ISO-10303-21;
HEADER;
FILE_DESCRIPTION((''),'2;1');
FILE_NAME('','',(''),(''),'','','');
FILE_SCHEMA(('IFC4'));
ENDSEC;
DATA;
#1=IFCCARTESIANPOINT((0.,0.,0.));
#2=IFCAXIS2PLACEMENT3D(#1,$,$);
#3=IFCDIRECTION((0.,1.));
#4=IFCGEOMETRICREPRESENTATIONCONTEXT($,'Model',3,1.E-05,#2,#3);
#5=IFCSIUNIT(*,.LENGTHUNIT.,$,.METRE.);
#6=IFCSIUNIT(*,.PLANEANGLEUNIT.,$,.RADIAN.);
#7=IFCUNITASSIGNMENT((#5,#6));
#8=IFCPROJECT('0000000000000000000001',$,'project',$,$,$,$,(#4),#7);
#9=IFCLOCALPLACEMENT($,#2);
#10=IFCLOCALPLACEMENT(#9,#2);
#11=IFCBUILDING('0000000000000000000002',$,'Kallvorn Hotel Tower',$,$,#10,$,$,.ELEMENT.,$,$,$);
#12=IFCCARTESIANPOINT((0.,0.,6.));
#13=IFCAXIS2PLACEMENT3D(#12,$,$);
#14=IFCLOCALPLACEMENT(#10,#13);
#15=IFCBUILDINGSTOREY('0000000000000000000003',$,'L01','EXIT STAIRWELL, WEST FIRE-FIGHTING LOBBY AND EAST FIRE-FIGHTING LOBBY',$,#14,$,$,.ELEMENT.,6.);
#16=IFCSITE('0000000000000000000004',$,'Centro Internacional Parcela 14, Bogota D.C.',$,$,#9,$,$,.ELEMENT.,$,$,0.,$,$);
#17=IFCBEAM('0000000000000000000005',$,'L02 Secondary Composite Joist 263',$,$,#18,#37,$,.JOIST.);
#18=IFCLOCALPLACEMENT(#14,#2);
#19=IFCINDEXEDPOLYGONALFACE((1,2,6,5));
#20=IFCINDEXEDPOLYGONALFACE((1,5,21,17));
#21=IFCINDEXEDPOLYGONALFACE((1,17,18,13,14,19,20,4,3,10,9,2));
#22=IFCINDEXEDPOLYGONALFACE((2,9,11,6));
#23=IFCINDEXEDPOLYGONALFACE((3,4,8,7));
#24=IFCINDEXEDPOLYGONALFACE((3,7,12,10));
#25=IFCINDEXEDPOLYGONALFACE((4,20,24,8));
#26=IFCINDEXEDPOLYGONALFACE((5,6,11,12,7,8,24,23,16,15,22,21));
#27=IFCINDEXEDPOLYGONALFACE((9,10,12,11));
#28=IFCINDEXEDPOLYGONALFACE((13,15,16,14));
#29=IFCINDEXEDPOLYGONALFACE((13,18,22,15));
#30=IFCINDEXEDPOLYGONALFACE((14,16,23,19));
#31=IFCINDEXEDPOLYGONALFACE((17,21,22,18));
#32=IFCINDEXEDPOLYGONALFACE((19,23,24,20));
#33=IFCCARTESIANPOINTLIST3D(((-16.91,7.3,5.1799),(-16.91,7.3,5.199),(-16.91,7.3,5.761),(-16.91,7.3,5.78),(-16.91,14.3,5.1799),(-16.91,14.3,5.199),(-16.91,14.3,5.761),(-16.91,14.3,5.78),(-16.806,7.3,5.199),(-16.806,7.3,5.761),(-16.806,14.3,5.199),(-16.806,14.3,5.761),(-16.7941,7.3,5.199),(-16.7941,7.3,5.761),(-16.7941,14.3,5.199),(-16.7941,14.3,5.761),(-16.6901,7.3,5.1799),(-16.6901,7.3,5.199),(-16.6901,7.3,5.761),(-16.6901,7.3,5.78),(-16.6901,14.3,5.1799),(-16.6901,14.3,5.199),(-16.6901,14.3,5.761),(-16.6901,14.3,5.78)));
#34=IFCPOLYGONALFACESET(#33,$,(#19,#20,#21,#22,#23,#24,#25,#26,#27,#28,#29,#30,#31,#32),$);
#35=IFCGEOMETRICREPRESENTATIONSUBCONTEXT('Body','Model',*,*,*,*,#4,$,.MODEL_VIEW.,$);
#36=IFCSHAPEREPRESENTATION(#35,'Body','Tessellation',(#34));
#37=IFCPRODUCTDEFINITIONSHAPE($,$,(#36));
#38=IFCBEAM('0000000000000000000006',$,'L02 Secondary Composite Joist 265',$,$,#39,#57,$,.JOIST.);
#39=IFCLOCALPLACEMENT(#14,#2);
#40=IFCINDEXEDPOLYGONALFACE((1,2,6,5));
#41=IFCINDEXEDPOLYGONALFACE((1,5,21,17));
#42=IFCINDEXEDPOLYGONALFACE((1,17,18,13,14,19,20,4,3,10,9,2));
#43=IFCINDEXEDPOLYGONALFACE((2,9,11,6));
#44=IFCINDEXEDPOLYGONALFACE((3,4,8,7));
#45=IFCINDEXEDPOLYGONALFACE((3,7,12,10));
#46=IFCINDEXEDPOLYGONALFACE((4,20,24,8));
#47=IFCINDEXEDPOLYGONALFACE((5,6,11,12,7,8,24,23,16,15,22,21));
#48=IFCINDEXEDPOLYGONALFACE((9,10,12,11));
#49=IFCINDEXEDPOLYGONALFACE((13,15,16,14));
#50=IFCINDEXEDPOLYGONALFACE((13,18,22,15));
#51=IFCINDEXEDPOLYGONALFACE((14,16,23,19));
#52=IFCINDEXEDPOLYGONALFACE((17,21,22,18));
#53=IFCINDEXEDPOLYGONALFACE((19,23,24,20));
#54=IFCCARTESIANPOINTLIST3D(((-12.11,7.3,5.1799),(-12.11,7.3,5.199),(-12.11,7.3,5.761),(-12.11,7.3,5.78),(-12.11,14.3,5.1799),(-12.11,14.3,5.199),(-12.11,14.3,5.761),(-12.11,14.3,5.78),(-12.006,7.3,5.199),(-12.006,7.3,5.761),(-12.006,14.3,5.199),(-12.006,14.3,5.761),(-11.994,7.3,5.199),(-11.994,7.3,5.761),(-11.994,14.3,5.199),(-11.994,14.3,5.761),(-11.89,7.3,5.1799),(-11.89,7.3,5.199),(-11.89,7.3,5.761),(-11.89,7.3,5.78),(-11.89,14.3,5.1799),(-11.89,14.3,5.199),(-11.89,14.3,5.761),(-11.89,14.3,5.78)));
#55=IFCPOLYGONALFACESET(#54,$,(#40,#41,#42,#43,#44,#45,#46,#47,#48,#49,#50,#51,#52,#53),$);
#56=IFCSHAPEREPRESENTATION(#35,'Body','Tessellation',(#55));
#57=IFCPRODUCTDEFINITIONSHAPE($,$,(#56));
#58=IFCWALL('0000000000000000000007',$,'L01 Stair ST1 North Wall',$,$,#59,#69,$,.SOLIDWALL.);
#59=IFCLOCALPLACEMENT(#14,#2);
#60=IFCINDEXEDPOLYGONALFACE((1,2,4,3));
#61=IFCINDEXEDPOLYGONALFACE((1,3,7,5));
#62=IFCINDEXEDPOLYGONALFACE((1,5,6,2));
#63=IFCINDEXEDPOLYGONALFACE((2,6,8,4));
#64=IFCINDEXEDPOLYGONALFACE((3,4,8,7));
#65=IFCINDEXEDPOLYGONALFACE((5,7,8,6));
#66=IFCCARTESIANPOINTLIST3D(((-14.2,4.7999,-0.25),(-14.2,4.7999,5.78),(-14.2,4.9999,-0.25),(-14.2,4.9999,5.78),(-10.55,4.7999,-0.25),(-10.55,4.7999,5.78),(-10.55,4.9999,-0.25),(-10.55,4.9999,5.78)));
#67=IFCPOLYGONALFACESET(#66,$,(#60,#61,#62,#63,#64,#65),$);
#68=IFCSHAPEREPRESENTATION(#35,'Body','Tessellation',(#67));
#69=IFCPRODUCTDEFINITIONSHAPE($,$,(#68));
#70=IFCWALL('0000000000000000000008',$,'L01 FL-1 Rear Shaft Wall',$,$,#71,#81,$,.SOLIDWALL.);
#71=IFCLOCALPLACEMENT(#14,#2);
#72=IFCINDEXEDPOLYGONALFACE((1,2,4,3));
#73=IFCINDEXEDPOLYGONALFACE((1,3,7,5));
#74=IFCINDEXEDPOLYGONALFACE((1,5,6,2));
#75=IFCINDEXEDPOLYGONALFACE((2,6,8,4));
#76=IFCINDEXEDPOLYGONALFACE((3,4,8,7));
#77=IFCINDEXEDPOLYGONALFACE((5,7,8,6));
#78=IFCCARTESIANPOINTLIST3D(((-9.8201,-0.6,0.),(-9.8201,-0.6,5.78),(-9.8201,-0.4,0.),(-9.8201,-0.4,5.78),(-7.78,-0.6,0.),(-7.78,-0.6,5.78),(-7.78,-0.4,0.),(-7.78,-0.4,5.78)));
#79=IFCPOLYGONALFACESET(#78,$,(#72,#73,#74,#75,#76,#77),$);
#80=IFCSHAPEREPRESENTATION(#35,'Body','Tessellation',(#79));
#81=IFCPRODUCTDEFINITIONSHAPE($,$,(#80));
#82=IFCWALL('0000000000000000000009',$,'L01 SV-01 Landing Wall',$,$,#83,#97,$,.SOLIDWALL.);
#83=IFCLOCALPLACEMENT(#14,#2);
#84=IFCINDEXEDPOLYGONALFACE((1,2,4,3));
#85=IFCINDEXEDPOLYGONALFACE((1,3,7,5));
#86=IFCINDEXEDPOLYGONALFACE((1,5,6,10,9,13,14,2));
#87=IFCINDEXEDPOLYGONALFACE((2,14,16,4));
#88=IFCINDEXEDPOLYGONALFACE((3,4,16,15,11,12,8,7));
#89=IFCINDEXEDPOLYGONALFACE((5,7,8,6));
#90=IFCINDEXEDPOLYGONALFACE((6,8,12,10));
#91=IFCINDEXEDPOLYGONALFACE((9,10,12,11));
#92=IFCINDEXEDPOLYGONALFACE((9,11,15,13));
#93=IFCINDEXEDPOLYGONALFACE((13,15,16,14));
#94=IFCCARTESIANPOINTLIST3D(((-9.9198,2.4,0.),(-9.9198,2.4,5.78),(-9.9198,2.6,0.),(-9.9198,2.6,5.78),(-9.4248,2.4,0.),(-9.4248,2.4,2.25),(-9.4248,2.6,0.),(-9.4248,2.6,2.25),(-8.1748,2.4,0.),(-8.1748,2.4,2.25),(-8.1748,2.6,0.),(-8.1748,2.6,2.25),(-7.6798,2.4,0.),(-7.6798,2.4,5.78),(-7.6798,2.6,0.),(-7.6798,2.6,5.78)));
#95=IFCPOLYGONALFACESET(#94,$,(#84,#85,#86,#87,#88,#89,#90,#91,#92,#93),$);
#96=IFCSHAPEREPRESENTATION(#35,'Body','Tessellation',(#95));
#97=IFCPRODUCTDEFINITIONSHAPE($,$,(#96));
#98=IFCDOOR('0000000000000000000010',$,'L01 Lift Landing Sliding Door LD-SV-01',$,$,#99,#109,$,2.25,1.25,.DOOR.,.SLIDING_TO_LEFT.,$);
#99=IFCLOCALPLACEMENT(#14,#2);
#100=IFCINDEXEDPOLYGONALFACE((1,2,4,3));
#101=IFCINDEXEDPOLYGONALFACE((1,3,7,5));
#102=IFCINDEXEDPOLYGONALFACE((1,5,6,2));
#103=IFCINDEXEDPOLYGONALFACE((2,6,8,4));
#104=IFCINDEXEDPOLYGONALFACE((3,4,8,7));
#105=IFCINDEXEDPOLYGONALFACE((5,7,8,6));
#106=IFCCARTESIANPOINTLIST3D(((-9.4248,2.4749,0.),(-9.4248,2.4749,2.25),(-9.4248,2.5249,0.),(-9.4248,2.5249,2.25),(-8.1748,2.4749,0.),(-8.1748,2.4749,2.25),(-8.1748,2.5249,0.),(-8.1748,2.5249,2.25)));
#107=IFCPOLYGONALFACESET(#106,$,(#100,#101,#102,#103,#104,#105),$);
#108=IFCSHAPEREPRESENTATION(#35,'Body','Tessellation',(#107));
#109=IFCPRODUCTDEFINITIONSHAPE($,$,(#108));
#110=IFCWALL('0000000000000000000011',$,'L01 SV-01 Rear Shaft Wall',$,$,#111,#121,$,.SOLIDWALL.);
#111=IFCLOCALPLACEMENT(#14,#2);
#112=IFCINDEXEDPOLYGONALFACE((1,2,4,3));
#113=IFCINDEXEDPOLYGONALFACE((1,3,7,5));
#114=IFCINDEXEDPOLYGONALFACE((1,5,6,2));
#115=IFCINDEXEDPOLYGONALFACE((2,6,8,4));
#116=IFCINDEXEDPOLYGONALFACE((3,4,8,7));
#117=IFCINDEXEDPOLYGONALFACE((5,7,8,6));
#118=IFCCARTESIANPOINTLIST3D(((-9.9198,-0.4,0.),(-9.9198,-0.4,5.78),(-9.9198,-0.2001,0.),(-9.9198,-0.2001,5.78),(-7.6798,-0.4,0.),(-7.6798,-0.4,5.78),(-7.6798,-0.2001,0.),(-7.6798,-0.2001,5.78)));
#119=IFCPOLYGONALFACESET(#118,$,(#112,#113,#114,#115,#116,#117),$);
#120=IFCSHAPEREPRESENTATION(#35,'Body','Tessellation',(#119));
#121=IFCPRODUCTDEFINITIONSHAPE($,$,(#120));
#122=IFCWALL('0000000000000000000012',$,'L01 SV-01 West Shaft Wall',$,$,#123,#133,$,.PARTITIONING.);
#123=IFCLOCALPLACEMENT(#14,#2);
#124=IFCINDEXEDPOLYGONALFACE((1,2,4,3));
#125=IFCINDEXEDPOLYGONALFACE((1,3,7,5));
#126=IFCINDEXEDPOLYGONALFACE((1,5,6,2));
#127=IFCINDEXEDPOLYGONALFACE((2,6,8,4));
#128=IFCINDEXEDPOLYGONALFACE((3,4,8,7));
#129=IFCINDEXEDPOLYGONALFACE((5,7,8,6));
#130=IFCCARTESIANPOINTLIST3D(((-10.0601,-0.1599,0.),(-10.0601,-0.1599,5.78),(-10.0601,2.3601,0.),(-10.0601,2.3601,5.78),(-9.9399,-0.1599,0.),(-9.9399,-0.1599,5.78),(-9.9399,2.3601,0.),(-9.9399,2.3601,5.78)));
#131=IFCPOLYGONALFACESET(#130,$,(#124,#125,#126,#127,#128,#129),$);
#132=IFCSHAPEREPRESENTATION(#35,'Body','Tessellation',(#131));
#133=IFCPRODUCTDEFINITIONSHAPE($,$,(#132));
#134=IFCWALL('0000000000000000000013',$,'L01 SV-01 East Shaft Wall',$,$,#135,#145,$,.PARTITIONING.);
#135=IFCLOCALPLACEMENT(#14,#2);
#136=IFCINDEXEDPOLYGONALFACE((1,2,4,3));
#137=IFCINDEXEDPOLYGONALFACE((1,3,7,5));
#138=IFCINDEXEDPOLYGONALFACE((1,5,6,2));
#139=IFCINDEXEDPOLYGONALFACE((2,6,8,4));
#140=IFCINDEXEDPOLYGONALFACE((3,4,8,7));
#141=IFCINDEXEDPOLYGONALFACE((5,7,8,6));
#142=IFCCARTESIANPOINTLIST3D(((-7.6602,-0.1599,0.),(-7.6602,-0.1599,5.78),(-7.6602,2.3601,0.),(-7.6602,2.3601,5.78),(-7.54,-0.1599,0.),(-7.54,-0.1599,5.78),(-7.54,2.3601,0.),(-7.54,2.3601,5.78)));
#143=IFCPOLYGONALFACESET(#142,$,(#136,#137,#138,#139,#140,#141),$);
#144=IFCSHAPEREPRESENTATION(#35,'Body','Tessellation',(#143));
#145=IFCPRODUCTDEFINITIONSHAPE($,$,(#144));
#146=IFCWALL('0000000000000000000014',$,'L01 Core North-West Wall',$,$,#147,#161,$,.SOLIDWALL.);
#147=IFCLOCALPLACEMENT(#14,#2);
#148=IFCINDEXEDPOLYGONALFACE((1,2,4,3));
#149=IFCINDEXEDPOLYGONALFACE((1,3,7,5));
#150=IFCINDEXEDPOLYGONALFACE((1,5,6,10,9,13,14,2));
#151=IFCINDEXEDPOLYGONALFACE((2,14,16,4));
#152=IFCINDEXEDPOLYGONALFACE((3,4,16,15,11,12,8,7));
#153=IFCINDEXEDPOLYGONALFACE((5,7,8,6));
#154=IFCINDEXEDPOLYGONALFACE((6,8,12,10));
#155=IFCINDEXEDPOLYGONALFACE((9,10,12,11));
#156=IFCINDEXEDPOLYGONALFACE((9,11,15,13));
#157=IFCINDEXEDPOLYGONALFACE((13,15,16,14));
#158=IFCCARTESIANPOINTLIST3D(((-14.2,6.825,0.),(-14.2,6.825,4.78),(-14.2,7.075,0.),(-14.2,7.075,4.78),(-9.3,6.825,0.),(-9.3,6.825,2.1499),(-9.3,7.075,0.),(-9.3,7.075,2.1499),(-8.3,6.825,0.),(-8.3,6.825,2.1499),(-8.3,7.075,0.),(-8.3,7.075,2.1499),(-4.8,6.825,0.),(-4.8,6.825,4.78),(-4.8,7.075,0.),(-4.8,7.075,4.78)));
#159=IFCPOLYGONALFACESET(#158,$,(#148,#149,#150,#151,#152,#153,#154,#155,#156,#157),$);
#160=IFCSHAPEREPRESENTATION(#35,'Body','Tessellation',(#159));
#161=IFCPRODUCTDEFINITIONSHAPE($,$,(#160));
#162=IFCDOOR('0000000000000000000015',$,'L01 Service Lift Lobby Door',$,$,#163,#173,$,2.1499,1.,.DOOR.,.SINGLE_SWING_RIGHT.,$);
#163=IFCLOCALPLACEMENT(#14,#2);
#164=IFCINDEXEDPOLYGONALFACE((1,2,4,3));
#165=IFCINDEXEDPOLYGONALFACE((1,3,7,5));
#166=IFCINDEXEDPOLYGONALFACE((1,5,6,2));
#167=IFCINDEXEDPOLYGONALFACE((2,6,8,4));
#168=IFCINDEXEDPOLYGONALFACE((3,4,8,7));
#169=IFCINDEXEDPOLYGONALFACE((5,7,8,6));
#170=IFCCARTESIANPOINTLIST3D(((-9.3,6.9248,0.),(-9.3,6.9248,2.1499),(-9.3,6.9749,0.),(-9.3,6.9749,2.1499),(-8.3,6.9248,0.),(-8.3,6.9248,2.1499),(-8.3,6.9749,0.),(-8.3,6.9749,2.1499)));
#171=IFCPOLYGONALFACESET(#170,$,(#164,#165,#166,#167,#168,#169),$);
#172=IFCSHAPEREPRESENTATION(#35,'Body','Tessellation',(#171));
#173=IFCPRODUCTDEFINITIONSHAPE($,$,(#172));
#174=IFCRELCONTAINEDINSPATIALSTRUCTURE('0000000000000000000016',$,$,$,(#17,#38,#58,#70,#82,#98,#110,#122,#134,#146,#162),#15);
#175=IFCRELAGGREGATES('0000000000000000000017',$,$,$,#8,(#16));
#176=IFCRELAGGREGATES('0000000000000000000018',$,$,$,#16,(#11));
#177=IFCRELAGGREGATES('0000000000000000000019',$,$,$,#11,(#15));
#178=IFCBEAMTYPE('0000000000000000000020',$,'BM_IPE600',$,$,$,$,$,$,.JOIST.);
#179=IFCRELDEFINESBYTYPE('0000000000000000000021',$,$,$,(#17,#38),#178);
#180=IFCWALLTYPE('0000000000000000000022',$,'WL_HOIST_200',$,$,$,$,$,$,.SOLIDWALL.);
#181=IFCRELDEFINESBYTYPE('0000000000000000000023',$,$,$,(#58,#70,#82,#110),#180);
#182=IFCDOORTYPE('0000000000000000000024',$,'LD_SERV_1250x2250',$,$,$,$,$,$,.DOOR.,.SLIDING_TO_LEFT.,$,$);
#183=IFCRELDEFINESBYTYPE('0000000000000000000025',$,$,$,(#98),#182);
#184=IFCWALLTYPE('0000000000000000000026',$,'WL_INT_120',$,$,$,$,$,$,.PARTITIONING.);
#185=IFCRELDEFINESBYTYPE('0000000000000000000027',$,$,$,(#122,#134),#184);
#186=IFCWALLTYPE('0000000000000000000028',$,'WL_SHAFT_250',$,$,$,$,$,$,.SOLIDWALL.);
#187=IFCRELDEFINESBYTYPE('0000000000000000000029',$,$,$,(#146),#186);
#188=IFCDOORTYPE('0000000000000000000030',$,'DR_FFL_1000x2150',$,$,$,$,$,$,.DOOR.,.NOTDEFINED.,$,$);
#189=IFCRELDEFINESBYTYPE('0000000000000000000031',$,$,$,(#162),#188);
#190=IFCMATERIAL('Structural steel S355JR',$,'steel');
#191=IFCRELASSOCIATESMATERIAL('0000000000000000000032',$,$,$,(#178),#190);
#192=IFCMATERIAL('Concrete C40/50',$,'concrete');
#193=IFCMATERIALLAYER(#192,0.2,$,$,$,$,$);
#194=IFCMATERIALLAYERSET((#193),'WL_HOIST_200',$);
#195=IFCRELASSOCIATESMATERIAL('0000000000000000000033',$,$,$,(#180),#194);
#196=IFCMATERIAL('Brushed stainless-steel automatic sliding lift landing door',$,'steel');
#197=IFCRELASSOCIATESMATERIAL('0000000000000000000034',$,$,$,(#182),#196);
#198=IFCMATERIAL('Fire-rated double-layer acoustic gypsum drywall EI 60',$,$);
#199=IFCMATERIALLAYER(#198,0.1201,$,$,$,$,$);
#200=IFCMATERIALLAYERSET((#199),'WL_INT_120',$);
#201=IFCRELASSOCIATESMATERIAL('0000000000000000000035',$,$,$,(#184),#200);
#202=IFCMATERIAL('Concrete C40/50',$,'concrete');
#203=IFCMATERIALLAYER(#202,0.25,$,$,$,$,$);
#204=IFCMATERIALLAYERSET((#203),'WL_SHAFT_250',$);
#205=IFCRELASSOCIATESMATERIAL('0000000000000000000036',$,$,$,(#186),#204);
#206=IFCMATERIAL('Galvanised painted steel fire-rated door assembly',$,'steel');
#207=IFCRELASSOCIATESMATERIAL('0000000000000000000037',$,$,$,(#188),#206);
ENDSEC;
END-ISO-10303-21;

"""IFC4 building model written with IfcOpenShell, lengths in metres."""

from ifc_helpers import new_model, si_unit, direction, frame, frame_2d, origin, origin_2d, place, context, subcontext, project, spatial, rectangle, i_section, extrude, material, layer, layer_set, material_profile, profile_set, type_object, element, fill, save


model = new_model("IFC4")

# Units and contexts
model_context = context("Model", 3, precision=1e-05, world=origin(), true_north=direction((0.0, 1.0)))
body_context = subcontext(model_context, "Body", "Model", "MODEL_VIEW")
ifc_project = project(units=[si_unit("LENGTHUNIT", "METRE"), si_unit("PLANEANGLEUNIT", "RADIAN")], contexts=[model_context])

# Site, building, storey
site_placement = place(None, origin())
site = spatial("IfcSite", under=ifc_project, at=site_placement, Name="Centro Internacional Parcela 14, Bogota D.C.", CompositionType="ELEMENT", RefElevation=0.0)
building_placement = place(site_placement, origin())
building = spatial("IfcBuilding", under=site, at=building_placement, Name="Kallvorn Hotel Tower", CompositionType="ELEMENT")
storey_placement = place(building_placement, frame((0.0, 0.0, 6.0)))
storey = spatial("IfcBuildingStorey", under=building, at=storey_placement, Name="L01", Description="EXIT STAIRWELL, WEST FIRE-FIGHTING LOBBY AND EAST FIRE-FIGHTING LOBBY", CompositionType="ELEMENT", Elevation=6.0)

# Beams
ifc_material_1 = material(Name="Structural steel S355JR", Category="steel")
ifc_material_profile_1 = material_profile(ifc_material_1, i_section(OverallWidth=0.22, OverallDepth=0.6001, WebThickness=0.012, FlangeThickness=0.019, at=origin_2d()), Name="IPE 600")
ifc_profile_set_1 = profile_set([ifc_material_profile_1], Name="Structural steel S355JR")
beam_type_1 = type_object("IfcBeamType", Name="BM_IPE600", PredefinedType="JOIST", material=ifc_profile_set_1)
for number, where, z_axis, x_axis, name in (
    (1, (-16.8, 7.3, 5.48), (0.0, 1.0, 0.0), (-1.0, 0.0, 0.0), "L02 Secondary Composite Joist 263"),
    (2, (-12.0, 7.3, 5.48), (0.0, 1.0, 0.0), (-1.0, 0.0, 0.0), "L02 Secondary Composite Joist 265"),
):
    element("IfcBeam", number, at=place(storey_placement, frame(where, z_axis=z_axis, x_axis=x_axis)), inside=storey, type_object=beam_type_1, Name=name, PredefinedType="JOIST", context=body_context, shape_type="SweptSolid", body=[
        extrude(i_section(OverallWidth=0.22, OverallDepth=0.6001, WebThickness=0.012, FlangeThickness=0.019, at=origin_2d()), origin(), (0.0, 0.0, 1.0), 7.0),
    ])

# Walls
ifc_material_2 = material(Name="Concrete C40/50", Category="concrete")
ifc_layer_1 = layer(ifc_material_2, 0.2)
ifc_layer_set_1 = layer_set([ifc_layer_1], Name="WL_HOIST_200")
wall_type_1 = type_object("IfcWallType", Name="WL_HOIST_200", PredefinedType="SOLIDWALL", material=ifc_layer_set_1)
wall_1_placement = place(storey_placement, frame((-14.2, 4.8999, -0.25), z_axis=(0.0, 0.0, 1.0), x_axis=(1.0, 0.0, 0.0)))
element("IfcWall", 3, at=wall_1_placement, inside=storey, type_object=wall_type_1, Name="L01 Stair ST1 North Wall", PredefinedType="SOLIDWALL", context=body_context, shape_type="SweptSolid", body=[
    extrude(rectangle(XDim=3.6499, YDim=0.2, at=frame_2d((1.825, 0.0))), origin(), (0.0, 0.0, 1.0), 6.03),
])
wall_2_placement = place(storey_placement, frame((-9.8201, -0.5, 0.0), z_axis=(0.0, 0.0, 1.0), x_axis=(1.0, 0.0, 0.0)))
element("IfcWall", 4, at=wall_2_placement, inside=storey, type_object=wall_type_1, Name="L01 FL-1 Rear Shaft Wall", PredefinedType="SOLIDWALL", context=body_context, shape_type="SweptSolid", body=[
    extrude(rectangle(XDim=2.04, YDim=0.2, at=frame_2d((1.02, 0.0))), origin(), (0.0, 0.0, 1.0), 5.78),
])

# Wall, opening, door
wall_3_placement = place(storey_placement, frame((-9.9199, 2.5, 0.0), z_axis=(0.0, 0.0, 1.0), x_axis=(1.0, 0.0, 0.0)))
wall_3 = element("IfcWall", 5, at=wall_3_placement, inside=storey, type_object=wall_type_1, Name="L01 SV-01 Landing Wall", PredefinedType="SOLIDWALL", context=body_context, shape_type="SweptSolid", body=[
    extrude(rectangle(XDim=2.24, YDim=0.2, at=frame_2d((1.1201, 0.0))), origin(), (0.0, 0.0, 1.0), 5.78),
])
opening_1_placement = place(wall_3_placement, frame((0.4951, 0.0, 0.0)))
opening_1 = element("IfcOpeningElement", 6, at=opening_1_placement, cuts=wall_3, PredefinedType="OPENING", context=body_context, shape_type="SweptSolid", body=[
    extrude(rectangle(XDim=1.25, YDim=2.25, at=frame_2d((0.625, 1.125))), frame((0.0, 0.115, 0.0), z_axis=(0.0, -1.0, 0.0), x_axis=(1.0, 0.0, 0.0)), (0.0, 0.0, 1.0), 0.23),
])
ifc_material_3 = material(Name="Brushed stainless-steel automatic sliding lift landing door", Category="steel")
door_type_1 = type_object("IfcDoorType", Name="LD_SERV_1250x2250", OperationType="SLIDING_TO_LEFT", PredefinedType="DOOR", material=ifc_material_3)
door_1_placement = place(opening_1_placement, origin())
door_1 = element("IfcDoor", 7, at=door_1_placement, inside=storey, type_object=door_type_1, Name="L01 Lift Landing Sliding Door LD-SV-01", OperationType="SLIDING_TO_LEFT", OverallHeight=2.25, OverallWidth=1.25, PredefinedType="DOOR", context=body_context, shape_type="SweptSolid", body=[
    extrude(rectangle(XDim=1.25, YDim=2.25, at=frame_2d((0.625, 1.125))), frame((0.0, 0.0249, 0.0), z_axis=(0.0, -1.0, 0.0), x_axis=(1.0, 0.0, 0.0)), (0.0, 0.0, 1.0), 0.05),
])
fill(opening_1, door_1)

# Walls
wall_4_placement = place(storey_placement, frame((-9.9199, -0.3, 0.0), z_axis=(0.0, 0.0, 1.0), x_axis=(1.0, 0.0, 0.0)))
element("IfcWall", 8, at=wall_4_placement, inside=storey, type_object=wall_type_1, Name="L01 SV-01 Rear Shaft Wall", PredefinedType="SOLIDWALL", context=body_context, shape_type="SweptSolid", body=[
    extrude(rectangle(XDim=2.24, YDim=0.2, at=frame_2d((1.1201, 0.0))), origin(), (0.0, 0.0, 1.0), 5.78),
])
ifc_material_4 = material(Name="Fire-rated double-layer acoustic gypsum drywall EI 60")
ifc_layer_2 = layer(ifc_material_4, 0.1201)
ifc_layer_set_2 = layer_set([ifc_layer_2], Name="WL_INT_120")
wall_type_2 = type_object("IfcWallType", Name="WL_INT_120", PredefinedType="PARTITIONING", material=ifc_layer_set_2)
for number, where, z_axis, x_axis, name in (
    (9, (-10.0, -0.1599, 0.0), (0.0, 0.0, 1.0), (0.0, 1.0, 0.0), "L01 SV-01 West Shaft Wall"),
    (10, (-7.6001, -0.1599, 0.0), (0.0, 0.0, 1.0), (0.0, 1.0, 0.0), "L01 SV-01 East Shaft Wall"),
):
    element("IfcWall", number, at=place(storey_placement, frame(where, z_axis=z_axis, x_axis=x_axis)), inside=storey, type_object=wall_type_2, Name=name, PredefinedType="PARTITIONING", context=body_context, shape_type="SweptSolid", body=[
        extrude(rectangle(XDim=2.52, YDim=0.1201, at=frame_2d((1.26, 0.0))), origin(), (0.0, 0.0, 1.0), 5.78),
    ])

# Wall, opening, door
ifc_material_5 = material(Name="Concrete C40/50", Category="concrete")
ifc_layer_3 = layer(ifc_material_5, 0.25)
ifc_layer_set_3 = layer_set([ifc_layer_3], Name="WL_SHAFT_250")
wall_type_3 = type_object("IfcWallType", Name="WL_SHAFT_250", PredefinedType="SOLIDWALL", material=ifc_layer_set_3)
wall_5_placement = place(storey_placement, frame((-14.2, 6.95, 0.0), z_axis=(0.0, 0.0, 1.0), x_axis=(1.0, 0.0, 0.0)))
wall_5 = element("IfcWall", 11, at=wall_5_placement, inside=storey, type_object=wall_type_3, Name="L01 Core North-West Wall", PredefinedType="SOLIDWALL", context=body_context, shape_type="SweptSolid", body=[
    extrude(rectangle(XDim=9.3999, YDim=0.25, at=frame_2d((4.7, 0.0))), origin(), (0.0, 0.0, 1.0), 4.78),
])
opening_2_placement = place(wall_5_placement, frame((4.8999, 0.0, 0.0)))
opening_2 = element("IfcOpeningElement", 12, at=opening_2_placement, cuts=wall_5, PredefinedType="OPENING", context=body_context, shape_type="SweptSolid", body=[
    extrude(rectangle(XDim=1.0, YDim=2.1499, at=frame_2d((0.5, 1.075))), frame((0.0, 0.1399, 0.0), z_axis=(0.0, -1.0, 0.0), x_axis=(1.0, 0.0, 0.0)), (0.0, 0.0, 1.0), 0.28),
])
ifc_material_6 = material(Name="Galvanised painted steel fire-rated door assembly", Category="steel")
door_type_2 = type_object("IfcDoorType", Name="DR_FFL_1000x2150", OperationType="NOTDEFINED", PredefinedType="DOOR", material=ifc_material_6)
door_2_placement = place(opening_2_placement, origin())
door_2 = element("IfcDoor", 13, at=door_2_placement, inside=storey, type_object=door_type_2, Name="L01 Service Lift Lobby Door", OperationType="SINGLE_SWING_RIGHT", OverallHeight=2.1499, OverallWidth=1.0, PredefinedType="DOOR", context=body_context, shape_type="SweptSolid", body=[
    extrude(rectangle(XDim=1.0, YDim=2.1499, at=frame_2d((0.5, 1.075))), frame((0.0, 0.0249, 0.0), z_axis=(0.0, -1.0, 0.0), x_axis=(1.0, 0.0, 0.0)), (0.0, 0.0, 1.0), 0.05),
])
fill(opening_2, door_2)

save(model, "model.ifc")
